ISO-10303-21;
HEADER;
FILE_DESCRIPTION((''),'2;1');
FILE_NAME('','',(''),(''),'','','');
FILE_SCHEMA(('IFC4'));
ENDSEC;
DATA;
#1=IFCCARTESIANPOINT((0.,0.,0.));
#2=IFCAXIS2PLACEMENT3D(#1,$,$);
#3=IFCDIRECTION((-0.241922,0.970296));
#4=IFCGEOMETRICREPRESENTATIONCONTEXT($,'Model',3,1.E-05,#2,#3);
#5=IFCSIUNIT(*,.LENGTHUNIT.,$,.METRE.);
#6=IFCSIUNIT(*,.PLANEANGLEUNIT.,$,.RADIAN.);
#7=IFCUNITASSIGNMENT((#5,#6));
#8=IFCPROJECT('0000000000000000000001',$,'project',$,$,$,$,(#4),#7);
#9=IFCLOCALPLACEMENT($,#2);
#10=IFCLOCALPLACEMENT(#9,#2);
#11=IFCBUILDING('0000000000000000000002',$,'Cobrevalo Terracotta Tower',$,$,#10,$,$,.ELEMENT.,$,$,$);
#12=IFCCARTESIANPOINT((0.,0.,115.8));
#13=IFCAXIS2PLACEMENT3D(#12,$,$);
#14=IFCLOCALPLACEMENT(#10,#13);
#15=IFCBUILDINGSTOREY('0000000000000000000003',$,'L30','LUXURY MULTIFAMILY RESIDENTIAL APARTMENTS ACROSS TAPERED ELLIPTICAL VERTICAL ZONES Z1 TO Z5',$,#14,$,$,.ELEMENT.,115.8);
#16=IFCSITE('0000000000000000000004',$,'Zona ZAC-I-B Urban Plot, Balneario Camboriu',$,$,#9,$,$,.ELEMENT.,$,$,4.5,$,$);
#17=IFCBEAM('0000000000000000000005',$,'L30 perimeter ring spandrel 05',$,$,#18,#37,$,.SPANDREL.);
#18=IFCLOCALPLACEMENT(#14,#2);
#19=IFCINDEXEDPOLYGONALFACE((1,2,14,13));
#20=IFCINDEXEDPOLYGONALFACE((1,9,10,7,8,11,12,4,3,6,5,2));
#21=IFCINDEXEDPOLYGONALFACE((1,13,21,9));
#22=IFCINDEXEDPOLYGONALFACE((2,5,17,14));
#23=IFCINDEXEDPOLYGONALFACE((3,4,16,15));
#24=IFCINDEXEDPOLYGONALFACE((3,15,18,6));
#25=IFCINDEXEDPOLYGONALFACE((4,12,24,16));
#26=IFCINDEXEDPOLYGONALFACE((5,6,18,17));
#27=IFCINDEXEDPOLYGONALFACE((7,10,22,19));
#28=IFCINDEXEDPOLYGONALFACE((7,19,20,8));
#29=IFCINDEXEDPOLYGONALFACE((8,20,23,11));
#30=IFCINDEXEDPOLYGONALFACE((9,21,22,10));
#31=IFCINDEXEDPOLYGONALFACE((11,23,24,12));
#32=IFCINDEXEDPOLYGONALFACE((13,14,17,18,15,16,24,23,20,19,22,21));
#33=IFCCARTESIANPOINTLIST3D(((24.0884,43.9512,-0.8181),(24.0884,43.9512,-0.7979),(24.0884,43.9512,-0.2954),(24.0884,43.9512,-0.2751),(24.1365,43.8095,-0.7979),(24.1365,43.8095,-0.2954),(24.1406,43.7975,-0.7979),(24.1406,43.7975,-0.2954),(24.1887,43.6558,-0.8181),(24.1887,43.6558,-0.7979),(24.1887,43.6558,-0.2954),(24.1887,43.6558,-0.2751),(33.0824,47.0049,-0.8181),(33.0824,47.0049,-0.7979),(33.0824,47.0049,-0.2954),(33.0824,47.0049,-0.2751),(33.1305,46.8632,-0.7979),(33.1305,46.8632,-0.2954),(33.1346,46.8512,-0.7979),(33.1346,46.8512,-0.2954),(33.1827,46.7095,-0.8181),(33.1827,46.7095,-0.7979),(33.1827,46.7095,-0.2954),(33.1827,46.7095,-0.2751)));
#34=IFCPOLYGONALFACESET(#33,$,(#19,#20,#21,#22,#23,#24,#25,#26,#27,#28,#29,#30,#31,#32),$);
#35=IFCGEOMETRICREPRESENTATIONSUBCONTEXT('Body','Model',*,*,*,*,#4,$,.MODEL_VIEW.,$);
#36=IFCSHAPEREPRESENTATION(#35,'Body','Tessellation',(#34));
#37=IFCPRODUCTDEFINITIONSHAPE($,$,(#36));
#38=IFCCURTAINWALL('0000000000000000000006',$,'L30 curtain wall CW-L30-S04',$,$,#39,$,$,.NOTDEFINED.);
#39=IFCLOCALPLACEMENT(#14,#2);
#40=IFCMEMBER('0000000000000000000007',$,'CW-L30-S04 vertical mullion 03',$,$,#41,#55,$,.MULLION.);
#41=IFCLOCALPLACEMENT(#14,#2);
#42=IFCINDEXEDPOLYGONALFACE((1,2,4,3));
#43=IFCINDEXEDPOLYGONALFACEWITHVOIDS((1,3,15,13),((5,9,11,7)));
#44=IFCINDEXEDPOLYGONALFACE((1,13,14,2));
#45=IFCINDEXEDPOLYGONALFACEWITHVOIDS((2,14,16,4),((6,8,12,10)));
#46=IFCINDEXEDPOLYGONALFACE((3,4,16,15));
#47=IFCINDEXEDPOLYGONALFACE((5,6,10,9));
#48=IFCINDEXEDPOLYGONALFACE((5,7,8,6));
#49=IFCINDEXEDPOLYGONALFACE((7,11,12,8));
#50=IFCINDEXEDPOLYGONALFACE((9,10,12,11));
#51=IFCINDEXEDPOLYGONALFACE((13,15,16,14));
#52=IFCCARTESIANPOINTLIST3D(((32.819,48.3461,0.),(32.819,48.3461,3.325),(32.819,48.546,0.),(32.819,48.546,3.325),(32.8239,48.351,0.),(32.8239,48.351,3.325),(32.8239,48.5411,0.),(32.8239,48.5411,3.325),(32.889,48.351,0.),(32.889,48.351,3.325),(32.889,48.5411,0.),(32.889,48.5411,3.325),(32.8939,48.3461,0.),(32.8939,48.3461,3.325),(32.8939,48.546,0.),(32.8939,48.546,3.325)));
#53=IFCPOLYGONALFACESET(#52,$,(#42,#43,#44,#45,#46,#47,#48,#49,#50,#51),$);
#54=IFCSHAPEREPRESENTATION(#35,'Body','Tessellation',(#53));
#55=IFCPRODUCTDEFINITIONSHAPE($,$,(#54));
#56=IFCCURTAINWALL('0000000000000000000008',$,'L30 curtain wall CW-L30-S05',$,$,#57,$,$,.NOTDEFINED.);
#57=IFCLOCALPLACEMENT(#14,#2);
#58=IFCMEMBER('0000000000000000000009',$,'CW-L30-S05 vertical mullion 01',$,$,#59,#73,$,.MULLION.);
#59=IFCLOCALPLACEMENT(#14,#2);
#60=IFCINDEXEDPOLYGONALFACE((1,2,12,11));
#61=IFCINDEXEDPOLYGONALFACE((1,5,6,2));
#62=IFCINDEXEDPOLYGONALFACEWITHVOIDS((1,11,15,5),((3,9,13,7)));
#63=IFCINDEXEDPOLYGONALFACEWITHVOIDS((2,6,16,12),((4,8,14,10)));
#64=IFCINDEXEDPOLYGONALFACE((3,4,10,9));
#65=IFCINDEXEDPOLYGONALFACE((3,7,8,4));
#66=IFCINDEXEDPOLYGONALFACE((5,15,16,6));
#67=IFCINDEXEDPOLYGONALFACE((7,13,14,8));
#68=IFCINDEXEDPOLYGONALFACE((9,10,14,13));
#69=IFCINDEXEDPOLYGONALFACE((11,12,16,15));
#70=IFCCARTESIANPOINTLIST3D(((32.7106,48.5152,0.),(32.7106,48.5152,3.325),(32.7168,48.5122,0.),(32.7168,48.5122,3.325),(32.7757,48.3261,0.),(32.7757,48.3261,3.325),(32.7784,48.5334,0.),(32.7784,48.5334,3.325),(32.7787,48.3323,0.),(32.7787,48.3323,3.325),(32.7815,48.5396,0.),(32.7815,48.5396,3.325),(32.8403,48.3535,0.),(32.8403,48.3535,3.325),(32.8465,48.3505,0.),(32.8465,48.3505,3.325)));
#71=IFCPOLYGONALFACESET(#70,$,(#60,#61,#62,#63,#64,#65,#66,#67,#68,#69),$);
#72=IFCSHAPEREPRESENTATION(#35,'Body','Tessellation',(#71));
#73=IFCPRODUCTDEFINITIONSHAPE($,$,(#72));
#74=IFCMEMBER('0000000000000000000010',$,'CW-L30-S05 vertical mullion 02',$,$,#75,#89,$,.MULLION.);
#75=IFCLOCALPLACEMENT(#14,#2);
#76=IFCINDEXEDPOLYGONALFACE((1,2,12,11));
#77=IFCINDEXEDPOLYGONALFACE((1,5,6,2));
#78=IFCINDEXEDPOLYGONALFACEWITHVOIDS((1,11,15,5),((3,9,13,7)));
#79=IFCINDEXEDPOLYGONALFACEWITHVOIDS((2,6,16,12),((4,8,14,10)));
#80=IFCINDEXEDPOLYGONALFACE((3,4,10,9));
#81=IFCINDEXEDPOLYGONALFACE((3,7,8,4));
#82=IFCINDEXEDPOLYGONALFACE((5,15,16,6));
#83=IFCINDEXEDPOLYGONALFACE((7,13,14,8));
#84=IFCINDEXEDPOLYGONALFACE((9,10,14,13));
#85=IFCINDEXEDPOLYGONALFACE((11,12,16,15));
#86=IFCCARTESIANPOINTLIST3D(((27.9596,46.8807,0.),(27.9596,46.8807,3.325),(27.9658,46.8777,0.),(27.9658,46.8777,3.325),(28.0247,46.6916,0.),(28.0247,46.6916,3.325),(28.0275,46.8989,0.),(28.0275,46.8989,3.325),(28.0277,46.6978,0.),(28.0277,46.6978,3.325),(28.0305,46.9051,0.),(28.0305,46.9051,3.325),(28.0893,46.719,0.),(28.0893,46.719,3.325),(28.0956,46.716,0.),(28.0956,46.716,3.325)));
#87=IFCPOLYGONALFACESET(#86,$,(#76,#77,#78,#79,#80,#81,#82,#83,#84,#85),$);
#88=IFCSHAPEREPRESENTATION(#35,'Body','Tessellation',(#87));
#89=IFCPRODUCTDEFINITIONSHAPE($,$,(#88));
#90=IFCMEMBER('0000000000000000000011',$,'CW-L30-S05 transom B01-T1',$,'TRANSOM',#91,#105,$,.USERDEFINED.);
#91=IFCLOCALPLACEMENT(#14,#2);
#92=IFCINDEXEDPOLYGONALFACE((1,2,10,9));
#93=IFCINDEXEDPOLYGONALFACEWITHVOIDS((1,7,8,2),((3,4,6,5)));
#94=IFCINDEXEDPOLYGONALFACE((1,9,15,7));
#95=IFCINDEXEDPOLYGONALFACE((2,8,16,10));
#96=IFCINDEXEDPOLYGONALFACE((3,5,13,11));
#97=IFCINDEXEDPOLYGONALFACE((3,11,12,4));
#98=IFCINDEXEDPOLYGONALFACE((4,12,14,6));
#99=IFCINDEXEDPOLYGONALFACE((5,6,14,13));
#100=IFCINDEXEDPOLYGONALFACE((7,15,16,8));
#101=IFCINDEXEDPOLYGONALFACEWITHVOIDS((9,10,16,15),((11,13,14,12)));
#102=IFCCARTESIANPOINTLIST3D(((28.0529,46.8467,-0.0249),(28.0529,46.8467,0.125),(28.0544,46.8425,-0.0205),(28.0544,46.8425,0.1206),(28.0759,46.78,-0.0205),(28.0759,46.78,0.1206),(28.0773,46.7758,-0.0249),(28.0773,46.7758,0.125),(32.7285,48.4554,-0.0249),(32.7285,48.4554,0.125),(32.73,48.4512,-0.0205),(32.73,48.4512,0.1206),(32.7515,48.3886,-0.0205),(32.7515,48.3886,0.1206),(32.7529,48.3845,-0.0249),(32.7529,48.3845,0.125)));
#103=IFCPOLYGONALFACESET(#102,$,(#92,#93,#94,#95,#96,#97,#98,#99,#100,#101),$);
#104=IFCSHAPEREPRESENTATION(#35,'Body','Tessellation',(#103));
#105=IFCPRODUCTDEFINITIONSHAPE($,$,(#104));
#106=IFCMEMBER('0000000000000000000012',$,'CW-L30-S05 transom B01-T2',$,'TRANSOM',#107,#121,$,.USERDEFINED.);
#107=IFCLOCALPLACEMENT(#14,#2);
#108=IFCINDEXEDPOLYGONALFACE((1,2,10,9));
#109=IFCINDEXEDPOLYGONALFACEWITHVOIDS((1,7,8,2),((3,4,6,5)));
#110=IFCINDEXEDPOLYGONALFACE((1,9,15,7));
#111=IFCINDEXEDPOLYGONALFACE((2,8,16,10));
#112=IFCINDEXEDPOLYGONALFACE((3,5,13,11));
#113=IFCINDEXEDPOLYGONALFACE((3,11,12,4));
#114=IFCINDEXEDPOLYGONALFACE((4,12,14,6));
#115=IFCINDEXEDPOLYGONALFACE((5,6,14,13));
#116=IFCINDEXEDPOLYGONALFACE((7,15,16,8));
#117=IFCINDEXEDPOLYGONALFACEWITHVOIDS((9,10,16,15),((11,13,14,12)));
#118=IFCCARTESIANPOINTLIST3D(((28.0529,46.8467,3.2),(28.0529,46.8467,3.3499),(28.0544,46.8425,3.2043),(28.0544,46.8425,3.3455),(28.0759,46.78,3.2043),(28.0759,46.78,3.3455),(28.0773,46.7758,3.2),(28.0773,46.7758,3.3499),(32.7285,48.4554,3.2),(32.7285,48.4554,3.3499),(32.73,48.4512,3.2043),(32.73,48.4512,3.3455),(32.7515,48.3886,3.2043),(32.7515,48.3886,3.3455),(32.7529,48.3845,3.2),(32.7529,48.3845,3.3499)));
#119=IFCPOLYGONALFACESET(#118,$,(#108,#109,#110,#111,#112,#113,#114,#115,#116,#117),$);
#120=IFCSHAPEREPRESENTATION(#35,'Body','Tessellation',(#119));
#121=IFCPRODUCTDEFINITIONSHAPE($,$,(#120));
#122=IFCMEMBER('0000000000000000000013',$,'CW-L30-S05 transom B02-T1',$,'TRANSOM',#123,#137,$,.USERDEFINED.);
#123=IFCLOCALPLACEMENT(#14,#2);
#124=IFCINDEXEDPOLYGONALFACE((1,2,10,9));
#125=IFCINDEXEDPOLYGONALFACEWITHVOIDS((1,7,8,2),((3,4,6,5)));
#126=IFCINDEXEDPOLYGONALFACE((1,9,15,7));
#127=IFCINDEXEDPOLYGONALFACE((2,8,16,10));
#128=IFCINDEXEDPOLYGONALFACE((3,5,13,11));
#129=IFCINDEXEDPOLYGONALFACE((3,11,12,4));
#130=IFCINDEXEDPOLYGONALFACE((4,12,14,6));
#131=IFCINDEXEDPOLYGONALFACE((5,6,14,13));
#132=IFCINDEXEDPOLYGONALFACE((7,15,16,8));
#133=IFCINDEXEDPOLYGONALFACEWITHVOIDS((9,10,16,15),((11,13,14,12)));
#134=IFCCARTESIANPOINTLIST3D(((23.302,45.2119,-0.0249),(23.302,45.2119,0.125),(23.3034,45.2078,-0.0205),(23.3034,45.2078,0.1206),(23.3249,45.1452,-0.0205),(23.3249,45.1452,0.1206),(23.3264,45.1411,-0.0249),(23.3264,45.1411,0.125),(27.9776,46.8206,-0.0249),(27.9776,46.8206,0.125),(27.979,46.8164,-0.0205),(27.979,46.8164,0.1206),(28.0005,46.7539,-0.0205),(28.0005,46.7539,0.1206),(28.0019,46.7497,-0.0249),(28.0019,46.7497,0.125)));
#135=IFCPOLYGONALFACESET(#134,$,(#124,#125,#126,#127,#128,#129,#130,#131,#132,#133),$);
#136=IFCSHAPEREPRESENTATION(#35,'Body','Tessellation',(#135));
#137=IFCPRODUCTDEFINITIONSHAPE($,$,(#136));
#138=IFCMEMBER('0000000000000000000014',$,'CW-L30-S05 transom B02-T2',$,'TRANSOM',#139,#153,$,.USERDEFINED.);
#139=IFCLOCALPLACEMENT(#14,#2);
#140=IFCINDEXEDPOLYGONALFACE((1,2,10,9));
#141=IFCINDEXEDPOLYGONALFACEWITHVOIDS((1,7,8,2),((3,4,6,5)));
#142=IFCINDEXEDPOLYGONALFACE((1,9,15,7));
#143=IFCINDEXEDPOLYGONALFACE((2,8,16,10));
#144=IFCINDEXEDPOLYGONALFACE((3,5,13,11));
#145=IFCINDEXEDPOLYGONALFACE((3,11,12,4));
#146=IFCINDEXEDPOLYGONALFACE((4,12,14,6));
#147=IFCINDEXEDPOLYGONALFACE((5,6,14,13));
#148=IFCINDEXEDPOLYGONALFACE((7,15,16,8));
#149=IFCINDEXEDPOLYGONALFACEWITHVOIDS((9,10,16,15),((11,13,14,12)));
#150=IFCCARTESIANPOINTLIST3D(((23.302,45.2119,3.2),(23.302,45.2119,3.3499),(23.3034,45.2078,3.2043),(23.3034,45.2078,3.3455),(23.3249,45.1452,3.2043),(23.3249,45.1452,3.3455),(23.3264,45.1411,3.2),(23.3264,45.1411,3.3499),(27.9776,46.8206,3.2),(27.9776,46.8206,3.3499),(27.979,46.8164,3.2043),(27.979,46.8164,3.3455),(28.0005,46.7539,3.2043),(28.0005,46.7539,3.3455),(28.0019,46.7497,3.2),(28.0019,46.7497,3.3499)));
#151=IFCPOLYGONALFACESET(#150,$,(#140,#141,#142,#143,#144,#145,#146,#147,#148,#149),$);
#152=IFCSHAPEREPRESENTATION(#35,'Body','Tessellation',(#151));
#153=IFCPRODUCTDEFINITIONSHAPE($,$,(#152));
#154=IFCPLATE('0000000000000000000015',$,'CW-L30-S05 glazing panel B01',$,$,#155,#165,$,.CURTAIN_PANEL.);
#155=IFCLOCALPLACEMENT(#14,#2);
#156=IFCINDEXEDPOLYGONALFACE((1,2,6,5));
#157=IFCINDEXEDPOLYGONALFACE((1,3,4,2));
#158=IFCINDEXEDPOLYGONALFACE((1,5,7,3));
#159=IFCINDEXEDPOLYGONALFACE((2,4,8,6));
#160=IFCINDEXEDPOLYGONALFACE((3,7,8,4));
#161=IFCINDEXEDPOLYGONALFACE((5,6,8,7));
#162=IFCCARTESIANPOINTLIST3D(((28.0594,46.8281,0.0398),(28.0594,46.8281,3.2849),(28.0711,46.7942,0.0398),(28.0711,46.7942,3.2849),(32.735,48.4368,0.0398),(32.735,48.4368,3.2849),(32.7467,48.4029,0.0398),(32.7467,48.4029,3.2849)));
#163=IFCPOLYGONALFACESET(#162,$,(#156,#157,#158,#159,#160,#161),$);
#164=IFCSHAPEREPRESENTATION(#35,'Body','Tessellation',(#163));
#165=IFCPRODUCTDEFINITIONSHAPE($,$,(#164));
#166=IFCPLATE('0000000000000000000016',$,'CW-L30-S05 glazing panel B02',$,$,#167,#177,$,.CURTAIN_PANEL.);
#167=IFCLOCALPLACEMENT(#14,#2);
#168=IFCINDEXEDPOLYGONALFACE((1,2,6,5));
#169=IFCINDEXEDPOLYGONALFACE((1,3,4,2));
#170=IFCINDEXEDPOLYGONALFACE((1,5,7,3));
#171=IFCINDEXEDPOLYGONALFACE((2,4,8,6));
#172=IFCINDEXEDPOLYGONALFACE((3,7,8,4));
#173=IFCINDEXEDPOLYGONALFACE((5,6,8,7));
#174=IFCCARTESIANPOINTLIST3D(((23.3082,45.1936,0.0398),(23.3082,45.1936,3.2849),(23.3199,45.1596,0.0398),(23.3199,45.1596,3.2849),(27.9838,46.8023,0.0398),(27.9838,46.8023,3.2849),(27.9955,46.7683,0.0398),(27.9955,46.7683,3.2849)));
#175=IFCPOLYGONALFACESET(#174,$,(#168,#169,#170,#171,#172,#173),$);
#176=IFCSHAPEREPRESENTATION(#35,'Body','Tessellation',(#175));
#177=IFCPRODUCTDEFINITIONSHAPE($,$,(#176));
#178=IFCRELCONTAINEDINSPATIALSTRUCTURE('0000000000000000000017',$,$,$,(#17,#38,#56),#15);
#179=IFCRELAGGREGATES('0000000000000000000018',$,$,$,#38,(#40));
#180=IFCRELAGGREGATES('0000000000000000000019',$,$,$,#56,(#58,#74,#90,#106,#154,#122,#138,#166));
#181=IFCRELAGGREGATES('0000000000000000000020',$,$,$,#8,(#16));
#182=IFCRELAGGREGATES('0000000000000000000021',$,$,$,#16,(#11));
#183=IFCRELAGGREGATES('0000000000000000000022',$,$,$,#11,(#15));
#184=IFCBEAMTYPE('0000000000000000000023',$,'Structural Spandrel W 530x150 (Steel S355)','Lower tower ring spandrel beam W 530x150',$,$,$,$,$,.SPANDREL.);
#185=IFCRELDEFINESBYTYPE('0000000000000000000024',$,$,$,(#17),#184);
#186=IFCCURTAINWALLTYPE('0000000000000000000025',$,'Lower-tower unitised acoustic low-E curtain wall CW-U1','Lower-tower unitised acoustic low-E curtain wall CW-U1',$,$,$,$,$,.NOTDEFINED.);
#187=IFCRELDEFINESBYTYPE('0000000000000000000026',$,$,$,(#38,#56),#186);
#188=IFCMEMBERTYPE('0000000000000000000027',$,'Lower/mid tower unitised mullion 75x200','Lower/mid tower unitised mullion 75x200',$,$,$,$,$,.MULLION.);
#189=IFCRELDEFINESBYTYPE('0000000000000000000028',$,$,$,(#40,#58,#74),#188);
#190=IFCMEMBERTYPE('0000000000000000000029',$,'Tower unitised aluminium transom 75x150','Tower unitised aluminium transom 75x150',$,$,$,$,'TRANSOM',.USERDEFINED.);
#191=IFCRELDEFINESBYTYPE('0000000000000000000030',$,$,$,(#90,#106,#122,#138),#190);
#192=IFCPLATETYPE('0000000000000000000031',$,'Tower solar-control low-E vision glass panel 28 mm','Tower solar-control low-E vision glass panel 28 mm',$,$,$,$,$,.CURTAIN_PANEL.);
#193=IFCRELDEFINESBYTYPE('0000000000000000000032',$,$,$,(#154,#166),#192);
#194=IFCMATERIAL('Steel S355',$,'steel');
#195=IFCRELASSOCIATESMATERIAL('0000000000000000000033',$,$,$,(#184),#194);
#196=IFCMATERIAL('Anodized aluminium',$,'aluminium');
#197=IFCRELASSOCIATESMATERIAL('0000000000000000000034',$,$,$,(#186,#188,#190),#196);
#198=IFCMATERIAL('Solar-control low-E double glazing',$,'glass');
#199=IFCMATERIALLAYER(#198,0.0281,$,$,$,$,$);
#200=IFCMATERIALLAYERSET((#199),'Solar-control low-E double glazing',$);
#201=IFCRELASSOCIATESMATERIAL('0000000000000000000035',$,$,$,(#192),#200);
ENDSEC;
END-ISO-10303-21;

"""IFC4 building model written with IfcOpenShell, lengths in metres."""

from ifc_helpers import new_model, si_unit, direction, frame, origin, origin_2d, place, context, subcontext, project, spatial, rectangle, hollow_rectangle, i_section, extrude, source, transform, mapped, material, layer, layer_set, material_profile, profile_set, type_object, element, aggregate, save


model = new_model("IFC4")

# Units and contexts
model_context = context("Model", 3, precision=1e-05, world=origin(), true_north=direction((-0.241922, 0.970296)))
body_context = subcontext(model_context, "Body", "Model", "MODEL_VIEW")
ifc_project = project(units=[si_unit("LENGTHUNIT", "METRE"), si_unit("PLANEANGLEUNIT", "RADIAN")], contexts=[model_context])

# Site, building, storey
site_placement = place(None, origin())
site = spatial("IfcSite", under=ifc_project, at=site_placement, Name="Zona ZAC-I-B Urban Plot, Balneario Camboriu", CompositionType="ELEMENT", RefElevation=4.5)
building_placement = place(site_placement, origin())
building = spatial("IfcBuilding", under=site, at=building_placement, Name="Cobrevalo Terracotta Tower", CompositionType="ELEMENT")
storey_placement = place(building_placement, frame((0.0, 0.0, 115.8)))
storey = spatial("IfcBuildingStorey", under=building, at=storey_placement, Name="L30", Description="LUXURY MULTIFAMILY RESIDENTIAL APARTMENTS ACROSS TAPERED ELLIPTICAL VERTICAL ZONES Z1 TO Z5", CompositionType="ELEMENT", Elevation=115.8)

# Shared definitions
ifc_material_1 = material(Name="Steel S355", Category="steel")

# Beam
ifc_material_profile_1 = material_profile(ifc_material_1, i_section(OverallWidth=0.312, OverallDepth=0.543, WebThickness=0.0127, FlangeThickness=0.0203, at=origin_2d()), Name="W 530x150")
ifc_profile_set_1 = profile_set([ifc_material_profile_1], Name="Steel S355")
beam_type_1 = type_object("IfcBeamType", Name="Structural Spandrel W 530x150 (Steel S355)", Description="Lower tower ring spandrel beam W 530x150", PredefinedType="SPANDREL", material=ifc_profile_set_1)
beam_1_placement = place(storey_placement, frame((33.1326, 46.8572, -0.5466), z_axis=(-0.946911, -0.321497, 0.0), x_axis=(0.321497, -0.946911, 0.0)))
element("IfcBeam", 1, at=beam_1_placement, inside=storey, type_object=beam_type_1, Name="L30 perimeter ring spandrel 05", PredefinedType="SPANDREL", context=body_context, shape_type="SweptSolid", body=[
    extrude(i_section(OverallWidth=0.312, OverallDepth=0.543, WebThickness=0.0127, FlangeThickness=0.0203, at=origin_2d()), origin(), (0.0, 0.0, 1.0), 9.4983),
])

# Curtain wall, member
ifc_material_2 = material(Name="Anodized aluminium", Category="aluminium")
curtain_wall_type = type_object("IfcCurtainWallType", Name="Lower-tower unitised acoustic low-E curtain wall CW-U1", Description="Lower-tower unitised acoustic low-E curtain wall CW-U1", PredefinedType="NOTDEFINED", material=ifc_material_2)
curtain_wall_1_placement = place(storey_placement, origin())
curtain_wall_1 = element("IfcCurtainWall", 2, at=curtain_wall_1_placement, inside=storey, type_object=curtain_wall_type, Name="L30 curtain wall CW-L30-S04", PredefinedType="NOTDEFINED")
ifc_material_profile_2 = material_profile(ifc_material_2, hollow_rectangle(XDim=0.075, YDim=0.2, WallThickness=0.0049, at=origin_2d()), Name="CWM 75x200")
ifc_profile_set_2 = profile_set([ifc_material_profile_2], Name="Anodized aluminium")
member_type_1 = type_object("IfcMemberType", Name="Lower/mid tower unitised mullion 75x200", Description="Lower/mid tower unitised mullion 75x200", PredefinedType="MULLION", material=ifc_profile_set_2)
shared_shape_1 = source(origin(), body_context, "Body", "SweptSolid", [
    extrude(hollow_rectangle(XDim=0.075, YDim=0.2, WallThickness=0.0049, at=origin_2d()), origin(), (0.0, 0.0, 1.0), 3.325),
])
member_1_placement = place(storey_placement, frame((32.8564, 48.446, 0.0), z_axis=(0.0, 0.0, 1.0), x_axis=(-1.0, 0.0, 0.0)))
member_1 = element("IfcMember", 3, at=member_1_placement, type_object=member_type_1, Name="CW-L30-S04 vertical mullion 03", PredefinedType="MULLION", context=body_context, shape_type="MappedRepresentation", body=[
    mapped(shared_shape_1, transform((0.0, 0.0, 0.0), scale=1.0)),
])
aggregate(curtain_wall_1, [member_1])

# Curtain wall, members, plates
curtain_wall_2_placement = place(storey_placement, origin())
curtain_wall_2 = element("IfcCurtainWall", 4, at=curtain_wall_2_placement, inside=storey, type_object=curtain_wall_type, Name="L30 curtain wall CW-L30-S05", PredefinedType="NOTDEFINED")
member_2_placement = place(storey_placement, frame((32.7786, 48.4329, 0.0), z_axis=(0.0, 0.0, 1.0), x_axis=(-0.945598, -0.325337, 0.0)))
member_2 = element("IfcMember", 5, at=member_2_placement, type_object=member_type_1, Name="CW-L30-S05 vertical mullion 01", PredefinedType="MULLION", context=body_context, shape_type="MappedRepresentation", body=[
    mapped(shared_shape_1, transform((0.0, 0.0, 0.0), scale=1.0)),
])
member_3_placement = place(storey_placement, frame((28.0276, 46.7983, 0.0), z_axis=(0.0, 0.0, 1.0), x_axis=(-0.945598, -0.325337, 0.0)))
member_3 = element("IfcMember", 6, at=member_3_placement, type_object=member_type_1, Name="CW-L30-S05 vertical mullion 02", PredefinedType="MULLION", context=body_context, shape_type="MappedRepresentation", body=[
    mapped(shared_shape_1, transform((0.0, 0.0, 0.0), scale=1.0)),
])
ifc_material_profile_3 = material_profile(ifc_material_2, hollow_rectangle(XDim=0.075, YDim=0.1499, WallThickness=0.0044, at=origin_2d()), Name="CWT 75x150")
ifc_profile_set_3 = profile_set([ifc_material_profile_3], Name="Anodized aluminium")
member_type_2 = type_object("IfcMemberType", Name="Tower unitised aluminium transom 75x150", Description="Tower unitised aluminium transom 75x150", ElementType="TRANSOM", PredefinedType="USERDEFINED", material=ifc_profile_set_3)
shared_shape_2 = source(origin(), body_context, "Body", "SweptSolid", [
    extrude(hollow_rectangle(XDim=0.075, YDim=0.1499, WallThickness=0.0044, at=origin_2d()), origin(), (0.0, 0.0, 1.0), 4.9446),
])
member_4_placement = place(storey_placement, frame((32.7407, 48.4199, 0.05), z_axis=(-0.945598, -0.325338, 0.0), x_axis=(0.325338, -0.945598, 0.0)))
member_4 = element("IfcMember", 7, at=member_4_placement, type_object=member_type_2, Name="CW-L30-S05 transom B01-T1", ObjectType="TRANSOM", PredefinedType="USERDEFINED", context=body_context, shape_type="MappedRepresentation", body=[
    mapped(shared_shape_2, transform((0.0, 0.0, 0.0), scale=1.0)),
])
member_5_placement = place(storey_placement, frame((32.7407, 48.4199, 3.2749), z_axis=(-0.945598, -0.325338, 0.0), x_axis=(0.325338, -0.945598, 0.0)))
member_5 = element("IfcMember", 8, at=member_5_placement, type_object=member_type_2, Name="CW-L30-S05 transom B01-T2", ObjectType="TRANSOM", PredefinedType="USERDEFINED", context=body_context, shape_type="MappedRepresentation", body=[
    mapped(shared_shape_2, transform((0.0, 0.0, 0.0), scale=1.0)),
])
member_6_placement = place(storey_placement, frame((27.9897, 46.7852, 0.05), z_axis=(-0.945598, -0.325338, 0.0), x_axis=(0.325338, -0.945598, 0.0)))
member_6 = element("IfcMember", 9, at=member_6_placement, type_object=member_type_2, Name="CW-L30-S05 transom B02-T1", ObjectType="TRANSOM", PredefinedType="USERDEFINED", context=body_context, shape_type="MappedRepresentation", body=[
    mapped(shared_shape_2, transform((0.0, 0.0, 0.0), scale=1.0)),
])
member_7_placement = place(storey_placement, frame((27.9897, 46.7852, 3.2749), z_axis=(-0.945598, -0.325338, 0.0), x_axis=(0.325338, -0.945598, 0.0)))
member_7 = element("IfcMember", 10, at=member_7_placement, type_object=member_type_2, Name="CW-L30-S05 transom B02-T2", ObjectType="TRANSOM", PredefinedType="USERDEFINED", context=body_context, shape_type="MappedRepresentation", body=[
    mapped(shared_shape_2, transform((0.0, 0.0, 0.0), scale=1.0)),
])
ifc_material_3 = material(Name="Solar-control low-E double glazing", Category="glass")
ifc_layer_1 = layer(ifc_material_3, 0.0281)
ifc_layer_set_1 = layer_set([ifc_layer_1], Name="Solar-control low-E double glazing")
plate_type = type_object("IfcPlateType", Name="Tower solar-control low-E vision glass panel 28 mm", Description="Tower solar-control low-E vision glass panel 28 mm", PredefinedType="CURTAIN_PANEL", material=ifc_layer_set_1)
shared_shape_3 = source(origin(), body_context, "Body", "SweptSolid", [
    extrude(rectangle(XDim=4.9446, YDim=0.0359, at=origin_2d()), origin(), (0.0, 0.0, 1.0), 3.2451),
])
plate_1_placement = place(storey_placement, frame((30.4031, 47.6155, 0.0398), z_axis=(0.0, 0.0, 1.0), x_axis=(-0.945596, -0.325342, 0.0)))
plate_1 = element("IfcPlate", 11, at=plate_1_placement, type_object=plate_type, Name="CW-L30-S05 glazing panel B01", PredefinedType="CURTAIN_PANEL", context=body_context, shape_type="MappedRepresentation", body=[
    mapped(shared_shape_3, transform((0.0, 0.0, 0.0), scale=1.0)),
])
plate_2_placement = place(storey_placement, frame((25.6519, 45.981, 0.0398), z_axis=(0.0, 0.0, 1.0), x_axis=(-0.945596, -0.325342, 0.0)))
plate_2 = element("IfcPlate", 12, at=plate_2_placement, type_object=plate_type, Name="CW-L30-S05 glazing panel B02", PredefinedType="CURTAIN_PANEL", context=body_context, shape_type="MappedRepresentation", body=[
    mapped(shared_shape_3, transform((0.0, 0.0, 0.0), scale=1.0)),
])
aggregate(curtain_wall_2, [member_2, member_3, member_4, member_5, plate_1, member_6, member_7, plate_2])

save(model, "model.ifc")
